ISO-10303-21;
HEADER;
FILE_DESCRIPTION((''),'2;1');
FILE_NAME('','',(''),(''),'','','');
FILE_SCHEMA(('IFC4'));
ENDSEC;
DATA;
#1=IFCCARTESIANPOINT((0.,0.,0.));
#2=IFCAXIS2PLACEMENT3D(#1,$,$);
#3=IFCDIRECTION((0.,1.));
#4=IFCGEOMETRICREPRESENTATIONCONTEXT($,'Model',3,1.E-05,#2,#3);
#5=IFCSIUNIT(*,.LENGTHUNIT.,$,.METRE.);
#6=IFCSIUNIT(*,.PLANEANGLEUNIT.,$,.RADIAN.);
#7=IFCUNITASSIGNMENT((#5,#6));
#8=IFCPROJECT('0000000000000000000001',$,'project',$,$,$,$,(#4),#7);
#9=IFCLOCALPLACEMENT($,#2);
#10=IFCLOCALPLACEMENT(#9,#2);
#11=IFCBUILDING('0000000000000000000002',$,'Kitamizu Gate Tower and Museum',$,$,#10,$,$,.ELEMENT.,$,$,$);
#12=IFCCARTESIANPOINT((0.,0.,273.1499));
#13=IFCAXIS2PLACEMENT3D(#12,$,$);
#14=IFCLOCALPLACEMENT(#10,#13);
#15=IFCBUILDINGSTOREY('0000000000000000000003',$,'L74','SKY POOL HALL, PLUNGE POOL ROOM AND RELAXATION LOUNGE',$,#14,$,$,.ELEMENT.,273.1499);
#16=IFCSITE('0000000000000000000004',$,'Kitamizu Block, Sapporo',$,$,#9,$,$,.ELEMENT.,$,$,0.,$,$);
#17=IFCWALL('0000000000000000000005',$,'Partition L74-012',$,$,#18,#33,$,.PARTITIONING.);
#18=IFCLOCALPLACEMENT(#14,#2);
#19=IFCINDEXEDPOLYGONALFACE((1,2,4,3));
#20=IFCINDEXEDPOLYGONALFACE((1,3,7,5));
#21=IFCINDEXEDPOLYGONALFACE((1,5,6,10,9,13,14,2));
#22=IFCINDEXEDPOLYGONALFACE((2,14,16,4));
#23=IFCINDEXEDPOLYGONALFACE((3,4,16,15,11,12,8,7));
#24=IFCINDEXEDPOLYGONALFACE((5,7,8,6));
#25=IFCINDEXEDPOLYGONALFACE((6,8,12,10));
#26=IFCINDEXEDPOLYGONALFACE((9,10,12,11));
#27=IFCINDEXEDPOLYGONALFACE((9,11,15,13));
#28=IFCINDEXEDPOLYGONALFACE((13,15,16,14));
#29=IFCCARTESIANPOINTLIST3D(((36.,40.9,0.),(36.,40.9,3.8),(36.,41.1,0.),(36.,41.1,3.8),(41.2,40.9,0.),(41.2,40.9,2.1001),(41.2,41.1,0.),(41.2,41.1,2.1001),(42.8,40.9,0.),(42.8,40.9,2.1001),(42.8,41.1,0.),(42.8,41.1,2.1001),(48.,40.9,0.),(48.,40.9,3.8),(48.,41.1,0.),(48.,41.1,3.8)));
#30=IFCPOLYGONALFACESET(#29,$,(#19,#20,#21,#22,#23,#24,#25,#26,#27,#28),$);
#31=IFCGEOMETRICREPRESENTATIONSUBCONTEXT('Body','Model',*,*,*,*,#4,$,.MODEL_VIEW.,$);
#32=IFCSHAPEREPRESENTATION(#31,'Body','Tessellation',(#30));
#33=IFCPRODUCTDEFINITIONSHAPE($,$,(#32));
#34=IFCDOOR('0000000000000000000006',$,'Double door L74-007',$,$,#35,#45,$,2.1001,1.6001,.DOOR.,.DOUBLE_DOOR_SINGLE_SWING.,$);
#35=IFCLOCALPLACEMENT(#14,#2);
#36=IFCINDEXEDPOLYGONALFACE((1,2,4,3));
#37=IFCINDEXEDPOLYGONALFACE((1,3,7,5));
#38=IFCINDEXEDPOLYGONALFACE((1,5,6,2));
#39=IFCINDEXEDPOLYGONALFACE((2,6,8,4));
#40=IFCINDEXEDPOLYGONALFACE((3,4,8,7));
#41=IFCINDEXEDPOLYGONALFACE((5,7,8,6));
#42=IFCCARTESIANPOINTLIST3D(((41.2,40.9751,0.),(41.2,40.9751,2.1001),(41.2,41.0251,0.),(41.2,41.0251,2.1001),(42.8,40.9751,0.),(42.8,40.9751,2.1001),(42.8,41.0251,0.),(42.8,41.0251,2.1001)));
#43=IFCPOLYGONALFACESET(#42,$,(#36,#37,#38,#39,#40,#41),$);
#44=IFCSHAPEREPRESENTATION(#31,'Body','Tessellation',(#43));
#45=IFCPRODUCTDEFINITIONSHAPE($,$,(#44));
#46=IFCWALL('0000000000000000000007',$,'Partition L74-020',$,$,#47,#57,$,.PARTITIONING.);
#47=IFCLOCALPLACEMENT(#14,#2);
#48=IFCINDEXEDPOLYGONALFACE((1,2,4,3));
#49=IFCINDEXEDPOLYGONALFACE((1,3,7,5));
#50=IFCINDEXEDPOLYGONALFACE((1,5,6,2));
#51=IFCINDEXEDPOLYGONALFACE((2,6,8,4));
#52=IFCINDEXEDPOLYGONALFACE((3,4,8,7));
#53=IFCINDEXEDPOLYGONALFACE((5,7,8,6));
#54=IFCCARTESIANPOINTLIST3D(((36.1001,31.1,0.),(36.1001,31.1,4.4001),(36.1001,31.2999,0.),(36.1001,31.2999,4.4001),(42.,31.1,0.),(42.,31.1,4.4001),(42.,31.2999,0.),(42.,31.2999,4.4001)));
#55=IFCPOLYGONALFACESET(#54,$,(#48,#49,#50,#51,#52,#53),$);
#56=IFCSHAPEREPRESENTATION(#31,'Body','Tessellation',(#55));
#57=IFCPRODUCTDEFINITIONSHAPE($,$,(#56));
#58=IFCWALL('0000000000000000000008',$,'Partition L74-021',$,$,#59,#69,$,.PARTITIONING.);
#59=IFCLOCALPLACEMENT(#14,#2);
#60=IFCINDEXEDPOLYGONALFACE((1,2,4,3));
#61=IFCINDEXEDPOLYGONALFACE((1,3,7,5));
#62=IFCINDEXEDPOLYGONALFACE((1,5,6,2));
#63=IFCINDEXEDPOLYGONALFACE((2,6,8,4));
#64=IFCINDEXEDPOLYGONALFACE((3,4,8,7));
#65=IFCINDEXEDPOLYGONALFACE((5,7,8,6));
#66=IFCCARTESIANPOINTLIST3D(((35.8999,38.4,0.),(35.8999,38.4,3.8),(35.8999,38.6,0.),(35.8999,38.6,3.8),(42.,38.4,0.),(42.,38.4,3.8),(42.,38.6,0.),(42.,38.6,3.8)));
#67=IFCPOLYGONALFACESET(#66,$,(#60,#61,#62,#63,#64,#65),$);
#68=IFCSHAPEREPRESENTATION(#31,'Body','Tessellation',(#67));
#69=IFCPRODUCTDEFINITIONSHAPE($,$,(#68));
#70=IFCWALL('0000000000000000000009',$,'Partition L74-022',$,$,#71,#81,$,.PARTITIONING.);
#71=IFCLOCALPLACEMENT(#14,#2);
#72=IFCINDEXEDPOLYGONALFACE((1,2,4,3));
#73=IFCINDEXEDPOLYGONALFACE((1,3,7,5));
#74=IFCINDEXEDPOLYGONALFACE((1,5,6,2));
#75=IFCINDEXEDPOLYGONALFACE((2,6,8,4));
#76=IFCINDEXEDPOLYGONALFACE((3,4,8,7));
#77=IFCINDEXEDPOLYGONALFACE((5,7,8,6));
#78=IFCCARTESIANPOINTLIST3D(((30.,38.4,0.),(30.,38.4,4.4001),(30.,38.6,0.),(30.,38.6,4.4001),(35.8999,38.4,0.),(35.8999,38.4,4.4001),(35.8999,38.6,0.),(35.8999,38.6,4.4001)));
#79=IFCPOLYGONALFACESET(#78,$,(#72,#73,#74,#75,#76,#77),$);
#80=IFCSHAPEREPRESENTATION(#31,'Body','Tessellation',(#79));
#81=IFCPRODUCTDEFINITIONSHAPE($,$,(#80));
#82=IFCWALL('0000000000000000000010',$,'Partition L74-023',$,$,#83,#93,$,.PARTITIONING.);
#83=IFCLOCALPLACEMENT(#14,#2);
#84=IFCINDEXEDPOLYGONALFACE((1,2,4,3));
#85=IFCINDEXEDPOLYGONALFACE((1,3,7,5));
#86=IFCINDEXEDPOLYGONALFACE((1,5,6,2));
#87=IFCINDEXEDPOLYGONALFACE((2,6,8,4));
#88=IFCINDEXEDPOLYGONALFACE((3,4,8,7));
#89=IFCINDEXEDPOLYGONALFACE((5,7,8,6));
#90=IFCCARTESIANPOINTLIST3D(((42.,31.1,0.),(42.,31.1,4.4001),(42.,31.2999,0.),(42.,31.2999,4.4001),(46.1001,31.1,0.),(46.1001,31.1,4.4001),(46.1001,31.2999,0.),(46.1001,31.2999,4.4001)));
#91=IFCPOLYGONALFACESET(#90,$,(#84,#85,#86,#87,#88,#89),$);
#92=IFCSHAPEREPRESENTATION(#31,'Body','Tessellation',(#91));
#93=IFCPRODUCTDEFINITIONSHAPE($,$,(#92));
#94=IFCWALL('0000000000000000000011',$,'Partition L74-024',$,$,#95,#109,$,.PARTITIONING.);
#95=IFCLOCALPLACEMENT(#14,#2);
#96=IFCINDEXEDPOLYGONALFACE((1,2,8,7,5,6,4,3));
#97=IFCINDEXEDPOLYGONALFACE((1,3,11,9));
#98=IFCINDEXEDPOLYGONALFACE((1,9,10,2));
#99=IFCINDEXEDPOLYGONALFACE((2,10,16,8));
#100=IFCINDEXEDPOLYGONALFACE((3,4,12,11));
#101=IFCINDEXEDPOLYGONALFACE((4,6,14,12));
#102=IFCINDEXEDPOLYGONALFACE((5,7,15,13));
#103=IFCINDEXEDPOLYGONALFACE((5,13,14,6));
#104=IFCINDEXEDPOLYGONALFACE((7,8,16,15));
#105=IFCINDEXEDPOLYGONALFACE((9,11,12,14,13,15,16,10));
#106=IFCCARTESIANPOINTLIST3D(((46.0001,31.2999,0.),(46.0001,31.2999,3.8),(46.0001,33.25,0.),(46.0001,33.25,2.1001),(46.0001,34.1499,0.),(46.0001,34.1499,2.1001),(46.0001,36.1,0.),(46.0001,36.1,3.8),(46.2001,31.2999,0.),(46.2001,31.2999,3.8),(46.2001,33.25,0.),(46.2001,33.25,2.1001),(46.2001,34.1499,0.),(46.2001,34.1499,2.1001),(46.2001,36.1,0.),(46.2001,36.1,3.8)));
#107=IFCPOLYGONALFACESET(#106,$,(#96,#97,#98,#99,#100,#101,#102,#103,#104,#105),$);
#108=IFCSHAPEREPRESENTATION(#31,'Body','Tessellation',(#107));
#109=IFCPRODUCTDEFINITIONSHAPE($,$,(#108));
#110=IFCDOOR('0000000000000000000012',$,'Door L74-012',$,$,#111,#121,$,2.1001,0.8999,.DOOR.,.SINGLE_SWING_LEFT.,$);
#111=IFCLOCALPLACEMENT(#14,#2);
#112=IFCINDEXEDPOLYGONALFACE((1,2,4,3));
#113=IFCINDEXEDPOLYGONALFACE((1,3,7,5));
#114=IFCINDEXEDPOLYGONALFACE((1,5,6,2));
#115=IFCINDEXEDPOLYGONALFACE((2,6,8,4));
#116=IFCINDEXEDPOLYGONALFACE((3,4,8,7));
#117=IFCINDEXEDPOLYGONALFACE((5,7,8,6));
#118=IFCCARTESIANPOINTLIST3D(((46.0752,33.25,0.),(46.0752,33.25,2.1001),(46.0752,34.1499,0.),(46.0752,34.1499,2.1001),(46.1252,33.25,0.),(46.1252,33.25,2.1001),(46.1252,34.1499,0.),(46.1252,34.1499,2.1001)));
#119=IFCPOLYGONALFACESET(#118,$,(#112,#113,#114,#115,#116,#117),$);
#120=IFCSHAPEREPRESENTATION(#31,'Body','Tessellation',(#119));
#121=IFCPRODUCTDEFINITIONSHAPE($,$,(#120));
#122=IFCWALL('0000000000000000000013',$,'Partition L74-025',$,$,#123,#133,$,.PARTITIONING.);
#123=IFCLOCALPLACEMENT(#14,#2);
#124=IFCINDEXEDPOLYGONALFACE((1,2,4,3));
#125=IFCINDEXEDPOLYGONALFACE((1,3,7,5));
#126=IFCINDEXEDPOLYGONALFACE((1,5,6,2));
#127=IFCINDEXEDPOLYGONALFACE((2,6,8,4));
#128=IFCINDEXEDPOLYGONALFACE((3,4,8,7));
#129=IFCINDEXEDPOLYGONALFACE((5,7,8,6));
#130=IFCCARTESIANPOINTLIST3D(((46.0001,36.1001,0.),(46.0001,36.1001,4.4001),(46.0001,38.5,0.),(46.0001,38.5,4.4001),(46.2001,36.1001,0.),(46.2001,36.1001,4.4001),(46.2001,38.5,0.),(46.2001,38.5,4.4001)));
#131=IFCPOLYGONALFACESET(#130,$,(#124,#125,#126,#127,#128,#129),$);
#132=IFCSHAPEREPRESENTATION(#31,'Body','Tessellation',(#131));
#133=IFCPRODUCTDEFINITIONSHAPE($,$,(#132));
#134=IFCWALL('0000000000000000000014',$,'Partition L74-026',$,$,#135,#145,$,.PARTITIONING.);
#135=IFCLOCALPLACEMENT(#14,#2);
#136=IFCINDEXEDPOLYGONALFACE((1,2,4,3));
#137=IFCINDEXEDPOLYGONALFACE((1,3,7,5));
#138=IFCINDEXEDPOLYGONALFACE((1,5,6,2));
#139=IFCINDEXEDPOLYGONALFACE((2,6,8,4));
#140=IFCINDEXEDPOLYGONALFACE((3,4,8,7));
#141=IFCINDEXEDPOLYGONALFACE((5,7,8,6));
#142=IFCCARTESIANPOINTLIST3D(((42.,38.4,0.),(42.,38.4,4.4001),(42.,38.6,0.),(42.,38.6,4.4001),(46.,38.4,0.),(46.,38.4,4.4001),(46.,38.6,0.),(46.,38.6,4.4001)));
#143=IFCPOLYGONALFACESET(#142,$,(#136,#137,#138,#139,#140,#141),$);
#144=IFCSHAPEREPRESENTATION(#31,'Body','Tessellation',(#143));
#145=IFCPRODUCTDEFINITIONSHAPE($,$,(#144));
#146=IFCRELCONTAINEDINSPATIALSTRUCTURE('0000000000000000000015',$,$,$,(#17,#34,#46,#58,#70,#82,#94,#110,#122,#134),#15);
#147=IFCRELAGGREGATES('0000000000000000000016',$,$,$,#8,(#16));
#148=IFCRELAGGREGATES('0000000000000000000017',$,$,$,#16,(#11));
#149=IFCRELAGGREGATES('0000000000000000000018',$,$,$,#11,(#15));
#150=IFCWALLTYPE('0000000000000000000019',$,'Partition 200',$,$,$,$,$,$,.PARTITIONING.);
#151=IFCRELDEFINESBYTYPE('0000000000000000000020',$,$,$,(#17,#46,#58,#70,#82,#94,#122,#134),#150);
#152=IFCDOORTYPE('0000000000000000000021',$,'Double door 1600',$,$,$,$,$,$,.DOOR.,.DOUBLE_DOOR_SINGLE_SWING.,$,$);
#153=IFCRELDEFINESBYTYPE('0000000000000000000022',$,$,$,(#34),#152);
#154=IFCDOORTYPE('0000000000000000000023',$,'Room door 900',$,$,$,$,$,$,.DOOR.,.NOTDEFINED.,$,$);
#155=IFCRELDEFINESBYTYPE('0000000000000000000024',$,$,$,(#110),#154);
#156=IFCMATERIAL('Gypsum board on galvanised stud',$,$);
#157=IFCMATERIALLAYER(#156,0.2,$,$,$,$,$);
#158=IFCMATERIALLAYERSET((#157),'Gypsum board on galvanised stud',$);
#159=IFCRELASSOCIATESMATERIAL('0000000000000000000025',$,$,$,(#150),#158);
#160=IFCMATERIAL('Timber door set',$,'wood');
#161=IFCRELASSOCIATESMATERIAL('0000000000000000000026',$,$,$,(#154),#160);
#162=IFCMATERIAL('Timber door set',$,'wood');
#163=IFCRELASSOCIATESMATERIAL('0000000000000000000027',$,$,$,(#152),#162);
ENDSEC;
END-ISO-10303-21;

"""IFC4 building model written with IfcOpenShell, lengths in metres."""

from ifc_helpers import new_model, si_unit, direction, frame, frame_2d, origin, place, context, subcontext, project, spatial, rectangle, extrude, material, layer, layer_set, type_object, element, fill, save


model = new_model("IFC4")

# Units and contexts
model_context = context("Model", 3, precision=1e-05, world=origin(), true_north=direction((0.0, 1.0)))
body_context = subcontext(model_context, "Body", "Model", "MODEL_VIEW")
ifc_project = project(units=[si_unit("LENGTHUNIT", "METRE"), si_unit("PLANEANGLEUNIT", "RADIAN")], contexts=[model_context])

# Site, building, storey
site_placement = place(None, origin())
site = spatial("IfcSite", under=ifc_project, at=site_placement, Name="Kitamizu Block, Sapporo", CompositionType="ELEMENT", RefElevation=0.0)
building_placement = place(site_placement, origin())
building = spatial("IfcBuilding", under=site, at=building_placement, Name="Kitamizu Gate Tower and Museum", CompositionType="ELEMENT")
storey_placement = place(building_placement, frame((0.0, 0.0, 273.1499)))
storey = spatial("IfcBuildingStorey", under=building, at=storey_placement, Name="L74", Description="SKY POOL HALL, PLUNGE POOL ROOM AND RELAXATION LOUNGE", CompositionType="ELEMENT", Elevation=273.1499)

# Shared definitions
ifc_material_1 = material(Name="Gypsum board on galvanised stud")
ifc_layer_1 = layer(ifc_material_1, 0.2)
ifc_layer_set_1 = layer_set([ifc_layer_1], Name="Gypsum board on galvanised stud")
wall_type_1 = type_object("IfcWallType", Name="Partition 200", PredefinedType="PARTITIONING", material=ifc_layer_set_1)

# Wall, opening, door
ifc_material_2 = material(Name="Timber door set", Category="wood")
door_type_1 = type_object("IfcDoorType", Name="Room door 900", OperationType="NOTDEFINED", PredefinedType="DOOR", material=ifc_material_2)
wall_1_placement = place(storey_placement, frame((48.0, 41.0, 0.0), z_axis=(0.0, 0.0, 1.0), x_axis=(-1.0, 0.0, 0.0)))
wall_1 = element("IfcWall", 1, at=wall_1_placement, inside=storey, type_object=wall_type_1, Name="Partition L74-012", PredefinedType="PARTITIONING", context=body_context, shape_type="SweptSolid", body=[
    extrude(rectangle(XDim=12.0, YDim=0.2, at=frame_2d((6.0, 0.0))), origin(), (0.0, 0.0, 1.0), 3.8),
])
opening_1_placement = place(wall_1_placement, frame((5.2, 0.0, 0.0)))
opening_1 = element("IfcOpeningElement", 2, at=opening_1_placement, cuts=wall_1, PredefinedType="OPENING", context=body_context, shape_type="SweptSolid", body=[
    extrude(rectangle(XDim=1.6001, YDim=2.1001, at=frame_2d((0.8, 1.05))), frame((0.0, 0.1099, 0.0), z_axis=(0.0, -1.0, 0.0), x_axis=(1.0, 0.0, 0.0)), (0.0, 0.0, 1.0), 0.22),
])
ifc_material_3 = material(Name="Timber door set", Category="wood")
door_type_2 = type_object("IfcDoorType", Name="Double door 1600", OperationType="DOUBLE_DOOR_SINGLE_SWING", PredefinedType="DOOR", material=ifc_material_3)
door_1_placement = place(opening_1_placement, origin())
door_1 = element("IfcDoor", 3, at=door_1_placement, inside=storey, type_object=door_type_2, Name="Double door L74-007", OperationType="DOUBLE_DOOR_SINGLE_SWING", OverallHeight=2.1001, OverallWidth=1.6001, PredefinedType="DOOR", context=body_context, shape_type="SweptSolid", body=[
    extrude(rectangle(XDim=1.6001, YDim=2.1001, at=frame_2d((0.8, 1.05))), frame((0.0, 0.0249, 0.0), z_axis=(0.0, -1.0, 0.0), x_axis=(1.0, 0.0, 0.0)), (0.0, 0.0, 1.0), 0.05),
])
fill(opening_1, door_1)

# Walls
wall_2_placement = place(storey_placement, frame((36.1001, 31.2, 0.0), z_axis=(0.0, 0.0, 1.0), x_axis=(1.0, 0.0, 0.0)))
element("IfcWall", 4, at=wall_2_placement, inside=storey, type_object=wall_type_1, Name="Partition L74-020", PredefinedType="PARTITIONING", context=body_context, shape_type="SweptSolid", body=[
    extrude(rectangle(XDim=5.8999, YDim=0.2, at=frame_2d((2.95, 0.0))), origin(), (0.0, 0.0, 1.0), 4.4001),
])
wall_3_placement = place(storey_placement, frame((42.0, 38.5, 0.0), z_axis=(0.0, 0.0, 1.0), x_axis=(-1.0, 0.0, 0.0)))
element("IfcWall", 5, at=wall_3_placement, inside=storey, type_object=wall_type_1, Name="Partition L74-021", PredefinedType="PARTITIONING", context=body_context, shape_type="SweptSolid", body=[
    extrude(rectangle(XDim=6.1001, YDim=0.2, at=frame_2d((3.05, 0.0))), origin(), (0.0, 0.0, 1.0), 3.8),
])
wall_4_placement = place(storey_placement, frame((35.8999, 38.5, 0.0), z_axis=(0.0, 0.0, 1.0), x_axis=(-1.0, 0.0, 0.0)))
element("IfcWall", 6, at=wall_4_placement, inside=storey, type_object=wall_type_1, Name="Partition L74-022", PredefinedType="PARTITIONING", context=body_context, shape_type="SweptSolid", body=[
    extrude(rectangle(XDim=5.8999, YDim=0.2, at=frame_2d((2.95, 0.0))), origin(), (0.0, 0.0, 1.0), 4.4001),
])
wall_5_placement = place(storey_placement, frame((42.0, 31.2, 0.0), z_axis=(0.0, 0.0, 1.0), x_axis=(1.0, 0.0, 0.0)))
element("IfcWall", 7, at=wall_5_placement, inside=storey, type_object=wall_type_1, Name="Partition L74-023", PredefinedType="PARTITIONING", context=body_context, shape_type="SweptSolid", body=[
    extrude(rectangle(XDim=4.1001, YDim=0.2, at=frame_2d((2.05, 0.0))), origin(), (0.0, 0.0, 1.0), 4.4001),
])

# Wall, opening, door
wall_6_placement = place(storey_placement, frame((46.1001, 31.3, 0.0), z_axis=(0.0, 0.0, 1.0), x_axis=(0.0, 1.0, 0.0)))
wall_6 = element("IfcWall", 8, at=wall_6_placement, inside=storey, type_object=wall_type_1, Name="Partition L74-024", PredefinedType="PARTITIONING", context=body_context, shape_type="SweptSolid", body=[
    extrude(rectangle(XDim=4.8, YDim=0.2, at=frame_2d((2.3999, 0.0))), origin(), (0.0, 0.0, 1.0), 3.8),
])
opening_2_placement = place(wall_6_placement, frame((1.95, 0.0, 0.0)))
opening_2 = element("IfcOpeningElement", 9, at=opening_2_placement, cuts=wall_6, PredefinedType="OPENING", context=body_context, shape_type="SweptSolid", body=[
    extrude(rectangle(XDim=0.8999, YDim=2.1001, at=frame_2d((0.45, 1.05))), frame((0.0, 0.1099, 0.0), z_axis=(0.0, -1.0, 0.0), x_axis=(1.0, 0.0, 0.0)), (0.0, 0.0, 1.0), 0.22),
])
door_2_placement = place(opening_2_placement, origin())
door_2 = element("IfcDoor", 10, at=door_2_placement, inside=storey, type_object=door_type_1, Name="Door L74-012", OperationType="SINGLE_SWING_LEFT", OverallHeight=2.1001, OverallWidth=0.8999, PredefinedType="DOOR", context=body_context, shape_type="SweptSolid", body=[
    extrude(rectangle(XDim=0.8999, YDim=2.1001, at=frame_2d((0.45, 1.05))), frame((0.0, 0.0249, 0.0), z_axis=(0.0, -1.0, 0.0), x_axis=(1.0, 0.0, 0.0)), (0.0, 0.0, 1.0), 0.05),
])
fill(opening_2, door_2)

# Walls
wall_7_placement = place(storey_placement, frame((46.1001, 36.1001, 0.0), z_axis=(0.0, 0.0, 1.0), x_axis=(0.0, 1.0, 0.0)))
element("IfcWall", 11, at=wall_7_placement, inside=storey, type_object=wall_type_1, Name="Partition L74-025", PredefinedType="PARTITIONING", context=body_context, shape_type="SweptSolid", body=[
    extrude(rectangle(XDim=2.3999, YDim=0.2, at=frame_2d((1.2, 0.0))), origin(), (0.0, 0.0, 1.0), 4.4001),
])
wall_8_placement = place(storey_placement, frame((46.0, 38.5, 0.0), z_axis=(0.0, 0.0, 1.0), x_axis=(-1.0, 0.0, 0.0)))
element("IfcWall", 12, at=wall_8_placement, inside=storey, type_object=wall_type_1, Name="Partition L74-026", PredefinedType="PARTITIONING", context=body_context, shape_type="SweptSolid", body=[
    extrude(rectangle(XDim=4.0, YDim=0.2, at=frame_2d((2.0, 0.0))), origin(), (0.0, 0.0, 1.0), 4.4001),
])

save(model, "model.ifc")
